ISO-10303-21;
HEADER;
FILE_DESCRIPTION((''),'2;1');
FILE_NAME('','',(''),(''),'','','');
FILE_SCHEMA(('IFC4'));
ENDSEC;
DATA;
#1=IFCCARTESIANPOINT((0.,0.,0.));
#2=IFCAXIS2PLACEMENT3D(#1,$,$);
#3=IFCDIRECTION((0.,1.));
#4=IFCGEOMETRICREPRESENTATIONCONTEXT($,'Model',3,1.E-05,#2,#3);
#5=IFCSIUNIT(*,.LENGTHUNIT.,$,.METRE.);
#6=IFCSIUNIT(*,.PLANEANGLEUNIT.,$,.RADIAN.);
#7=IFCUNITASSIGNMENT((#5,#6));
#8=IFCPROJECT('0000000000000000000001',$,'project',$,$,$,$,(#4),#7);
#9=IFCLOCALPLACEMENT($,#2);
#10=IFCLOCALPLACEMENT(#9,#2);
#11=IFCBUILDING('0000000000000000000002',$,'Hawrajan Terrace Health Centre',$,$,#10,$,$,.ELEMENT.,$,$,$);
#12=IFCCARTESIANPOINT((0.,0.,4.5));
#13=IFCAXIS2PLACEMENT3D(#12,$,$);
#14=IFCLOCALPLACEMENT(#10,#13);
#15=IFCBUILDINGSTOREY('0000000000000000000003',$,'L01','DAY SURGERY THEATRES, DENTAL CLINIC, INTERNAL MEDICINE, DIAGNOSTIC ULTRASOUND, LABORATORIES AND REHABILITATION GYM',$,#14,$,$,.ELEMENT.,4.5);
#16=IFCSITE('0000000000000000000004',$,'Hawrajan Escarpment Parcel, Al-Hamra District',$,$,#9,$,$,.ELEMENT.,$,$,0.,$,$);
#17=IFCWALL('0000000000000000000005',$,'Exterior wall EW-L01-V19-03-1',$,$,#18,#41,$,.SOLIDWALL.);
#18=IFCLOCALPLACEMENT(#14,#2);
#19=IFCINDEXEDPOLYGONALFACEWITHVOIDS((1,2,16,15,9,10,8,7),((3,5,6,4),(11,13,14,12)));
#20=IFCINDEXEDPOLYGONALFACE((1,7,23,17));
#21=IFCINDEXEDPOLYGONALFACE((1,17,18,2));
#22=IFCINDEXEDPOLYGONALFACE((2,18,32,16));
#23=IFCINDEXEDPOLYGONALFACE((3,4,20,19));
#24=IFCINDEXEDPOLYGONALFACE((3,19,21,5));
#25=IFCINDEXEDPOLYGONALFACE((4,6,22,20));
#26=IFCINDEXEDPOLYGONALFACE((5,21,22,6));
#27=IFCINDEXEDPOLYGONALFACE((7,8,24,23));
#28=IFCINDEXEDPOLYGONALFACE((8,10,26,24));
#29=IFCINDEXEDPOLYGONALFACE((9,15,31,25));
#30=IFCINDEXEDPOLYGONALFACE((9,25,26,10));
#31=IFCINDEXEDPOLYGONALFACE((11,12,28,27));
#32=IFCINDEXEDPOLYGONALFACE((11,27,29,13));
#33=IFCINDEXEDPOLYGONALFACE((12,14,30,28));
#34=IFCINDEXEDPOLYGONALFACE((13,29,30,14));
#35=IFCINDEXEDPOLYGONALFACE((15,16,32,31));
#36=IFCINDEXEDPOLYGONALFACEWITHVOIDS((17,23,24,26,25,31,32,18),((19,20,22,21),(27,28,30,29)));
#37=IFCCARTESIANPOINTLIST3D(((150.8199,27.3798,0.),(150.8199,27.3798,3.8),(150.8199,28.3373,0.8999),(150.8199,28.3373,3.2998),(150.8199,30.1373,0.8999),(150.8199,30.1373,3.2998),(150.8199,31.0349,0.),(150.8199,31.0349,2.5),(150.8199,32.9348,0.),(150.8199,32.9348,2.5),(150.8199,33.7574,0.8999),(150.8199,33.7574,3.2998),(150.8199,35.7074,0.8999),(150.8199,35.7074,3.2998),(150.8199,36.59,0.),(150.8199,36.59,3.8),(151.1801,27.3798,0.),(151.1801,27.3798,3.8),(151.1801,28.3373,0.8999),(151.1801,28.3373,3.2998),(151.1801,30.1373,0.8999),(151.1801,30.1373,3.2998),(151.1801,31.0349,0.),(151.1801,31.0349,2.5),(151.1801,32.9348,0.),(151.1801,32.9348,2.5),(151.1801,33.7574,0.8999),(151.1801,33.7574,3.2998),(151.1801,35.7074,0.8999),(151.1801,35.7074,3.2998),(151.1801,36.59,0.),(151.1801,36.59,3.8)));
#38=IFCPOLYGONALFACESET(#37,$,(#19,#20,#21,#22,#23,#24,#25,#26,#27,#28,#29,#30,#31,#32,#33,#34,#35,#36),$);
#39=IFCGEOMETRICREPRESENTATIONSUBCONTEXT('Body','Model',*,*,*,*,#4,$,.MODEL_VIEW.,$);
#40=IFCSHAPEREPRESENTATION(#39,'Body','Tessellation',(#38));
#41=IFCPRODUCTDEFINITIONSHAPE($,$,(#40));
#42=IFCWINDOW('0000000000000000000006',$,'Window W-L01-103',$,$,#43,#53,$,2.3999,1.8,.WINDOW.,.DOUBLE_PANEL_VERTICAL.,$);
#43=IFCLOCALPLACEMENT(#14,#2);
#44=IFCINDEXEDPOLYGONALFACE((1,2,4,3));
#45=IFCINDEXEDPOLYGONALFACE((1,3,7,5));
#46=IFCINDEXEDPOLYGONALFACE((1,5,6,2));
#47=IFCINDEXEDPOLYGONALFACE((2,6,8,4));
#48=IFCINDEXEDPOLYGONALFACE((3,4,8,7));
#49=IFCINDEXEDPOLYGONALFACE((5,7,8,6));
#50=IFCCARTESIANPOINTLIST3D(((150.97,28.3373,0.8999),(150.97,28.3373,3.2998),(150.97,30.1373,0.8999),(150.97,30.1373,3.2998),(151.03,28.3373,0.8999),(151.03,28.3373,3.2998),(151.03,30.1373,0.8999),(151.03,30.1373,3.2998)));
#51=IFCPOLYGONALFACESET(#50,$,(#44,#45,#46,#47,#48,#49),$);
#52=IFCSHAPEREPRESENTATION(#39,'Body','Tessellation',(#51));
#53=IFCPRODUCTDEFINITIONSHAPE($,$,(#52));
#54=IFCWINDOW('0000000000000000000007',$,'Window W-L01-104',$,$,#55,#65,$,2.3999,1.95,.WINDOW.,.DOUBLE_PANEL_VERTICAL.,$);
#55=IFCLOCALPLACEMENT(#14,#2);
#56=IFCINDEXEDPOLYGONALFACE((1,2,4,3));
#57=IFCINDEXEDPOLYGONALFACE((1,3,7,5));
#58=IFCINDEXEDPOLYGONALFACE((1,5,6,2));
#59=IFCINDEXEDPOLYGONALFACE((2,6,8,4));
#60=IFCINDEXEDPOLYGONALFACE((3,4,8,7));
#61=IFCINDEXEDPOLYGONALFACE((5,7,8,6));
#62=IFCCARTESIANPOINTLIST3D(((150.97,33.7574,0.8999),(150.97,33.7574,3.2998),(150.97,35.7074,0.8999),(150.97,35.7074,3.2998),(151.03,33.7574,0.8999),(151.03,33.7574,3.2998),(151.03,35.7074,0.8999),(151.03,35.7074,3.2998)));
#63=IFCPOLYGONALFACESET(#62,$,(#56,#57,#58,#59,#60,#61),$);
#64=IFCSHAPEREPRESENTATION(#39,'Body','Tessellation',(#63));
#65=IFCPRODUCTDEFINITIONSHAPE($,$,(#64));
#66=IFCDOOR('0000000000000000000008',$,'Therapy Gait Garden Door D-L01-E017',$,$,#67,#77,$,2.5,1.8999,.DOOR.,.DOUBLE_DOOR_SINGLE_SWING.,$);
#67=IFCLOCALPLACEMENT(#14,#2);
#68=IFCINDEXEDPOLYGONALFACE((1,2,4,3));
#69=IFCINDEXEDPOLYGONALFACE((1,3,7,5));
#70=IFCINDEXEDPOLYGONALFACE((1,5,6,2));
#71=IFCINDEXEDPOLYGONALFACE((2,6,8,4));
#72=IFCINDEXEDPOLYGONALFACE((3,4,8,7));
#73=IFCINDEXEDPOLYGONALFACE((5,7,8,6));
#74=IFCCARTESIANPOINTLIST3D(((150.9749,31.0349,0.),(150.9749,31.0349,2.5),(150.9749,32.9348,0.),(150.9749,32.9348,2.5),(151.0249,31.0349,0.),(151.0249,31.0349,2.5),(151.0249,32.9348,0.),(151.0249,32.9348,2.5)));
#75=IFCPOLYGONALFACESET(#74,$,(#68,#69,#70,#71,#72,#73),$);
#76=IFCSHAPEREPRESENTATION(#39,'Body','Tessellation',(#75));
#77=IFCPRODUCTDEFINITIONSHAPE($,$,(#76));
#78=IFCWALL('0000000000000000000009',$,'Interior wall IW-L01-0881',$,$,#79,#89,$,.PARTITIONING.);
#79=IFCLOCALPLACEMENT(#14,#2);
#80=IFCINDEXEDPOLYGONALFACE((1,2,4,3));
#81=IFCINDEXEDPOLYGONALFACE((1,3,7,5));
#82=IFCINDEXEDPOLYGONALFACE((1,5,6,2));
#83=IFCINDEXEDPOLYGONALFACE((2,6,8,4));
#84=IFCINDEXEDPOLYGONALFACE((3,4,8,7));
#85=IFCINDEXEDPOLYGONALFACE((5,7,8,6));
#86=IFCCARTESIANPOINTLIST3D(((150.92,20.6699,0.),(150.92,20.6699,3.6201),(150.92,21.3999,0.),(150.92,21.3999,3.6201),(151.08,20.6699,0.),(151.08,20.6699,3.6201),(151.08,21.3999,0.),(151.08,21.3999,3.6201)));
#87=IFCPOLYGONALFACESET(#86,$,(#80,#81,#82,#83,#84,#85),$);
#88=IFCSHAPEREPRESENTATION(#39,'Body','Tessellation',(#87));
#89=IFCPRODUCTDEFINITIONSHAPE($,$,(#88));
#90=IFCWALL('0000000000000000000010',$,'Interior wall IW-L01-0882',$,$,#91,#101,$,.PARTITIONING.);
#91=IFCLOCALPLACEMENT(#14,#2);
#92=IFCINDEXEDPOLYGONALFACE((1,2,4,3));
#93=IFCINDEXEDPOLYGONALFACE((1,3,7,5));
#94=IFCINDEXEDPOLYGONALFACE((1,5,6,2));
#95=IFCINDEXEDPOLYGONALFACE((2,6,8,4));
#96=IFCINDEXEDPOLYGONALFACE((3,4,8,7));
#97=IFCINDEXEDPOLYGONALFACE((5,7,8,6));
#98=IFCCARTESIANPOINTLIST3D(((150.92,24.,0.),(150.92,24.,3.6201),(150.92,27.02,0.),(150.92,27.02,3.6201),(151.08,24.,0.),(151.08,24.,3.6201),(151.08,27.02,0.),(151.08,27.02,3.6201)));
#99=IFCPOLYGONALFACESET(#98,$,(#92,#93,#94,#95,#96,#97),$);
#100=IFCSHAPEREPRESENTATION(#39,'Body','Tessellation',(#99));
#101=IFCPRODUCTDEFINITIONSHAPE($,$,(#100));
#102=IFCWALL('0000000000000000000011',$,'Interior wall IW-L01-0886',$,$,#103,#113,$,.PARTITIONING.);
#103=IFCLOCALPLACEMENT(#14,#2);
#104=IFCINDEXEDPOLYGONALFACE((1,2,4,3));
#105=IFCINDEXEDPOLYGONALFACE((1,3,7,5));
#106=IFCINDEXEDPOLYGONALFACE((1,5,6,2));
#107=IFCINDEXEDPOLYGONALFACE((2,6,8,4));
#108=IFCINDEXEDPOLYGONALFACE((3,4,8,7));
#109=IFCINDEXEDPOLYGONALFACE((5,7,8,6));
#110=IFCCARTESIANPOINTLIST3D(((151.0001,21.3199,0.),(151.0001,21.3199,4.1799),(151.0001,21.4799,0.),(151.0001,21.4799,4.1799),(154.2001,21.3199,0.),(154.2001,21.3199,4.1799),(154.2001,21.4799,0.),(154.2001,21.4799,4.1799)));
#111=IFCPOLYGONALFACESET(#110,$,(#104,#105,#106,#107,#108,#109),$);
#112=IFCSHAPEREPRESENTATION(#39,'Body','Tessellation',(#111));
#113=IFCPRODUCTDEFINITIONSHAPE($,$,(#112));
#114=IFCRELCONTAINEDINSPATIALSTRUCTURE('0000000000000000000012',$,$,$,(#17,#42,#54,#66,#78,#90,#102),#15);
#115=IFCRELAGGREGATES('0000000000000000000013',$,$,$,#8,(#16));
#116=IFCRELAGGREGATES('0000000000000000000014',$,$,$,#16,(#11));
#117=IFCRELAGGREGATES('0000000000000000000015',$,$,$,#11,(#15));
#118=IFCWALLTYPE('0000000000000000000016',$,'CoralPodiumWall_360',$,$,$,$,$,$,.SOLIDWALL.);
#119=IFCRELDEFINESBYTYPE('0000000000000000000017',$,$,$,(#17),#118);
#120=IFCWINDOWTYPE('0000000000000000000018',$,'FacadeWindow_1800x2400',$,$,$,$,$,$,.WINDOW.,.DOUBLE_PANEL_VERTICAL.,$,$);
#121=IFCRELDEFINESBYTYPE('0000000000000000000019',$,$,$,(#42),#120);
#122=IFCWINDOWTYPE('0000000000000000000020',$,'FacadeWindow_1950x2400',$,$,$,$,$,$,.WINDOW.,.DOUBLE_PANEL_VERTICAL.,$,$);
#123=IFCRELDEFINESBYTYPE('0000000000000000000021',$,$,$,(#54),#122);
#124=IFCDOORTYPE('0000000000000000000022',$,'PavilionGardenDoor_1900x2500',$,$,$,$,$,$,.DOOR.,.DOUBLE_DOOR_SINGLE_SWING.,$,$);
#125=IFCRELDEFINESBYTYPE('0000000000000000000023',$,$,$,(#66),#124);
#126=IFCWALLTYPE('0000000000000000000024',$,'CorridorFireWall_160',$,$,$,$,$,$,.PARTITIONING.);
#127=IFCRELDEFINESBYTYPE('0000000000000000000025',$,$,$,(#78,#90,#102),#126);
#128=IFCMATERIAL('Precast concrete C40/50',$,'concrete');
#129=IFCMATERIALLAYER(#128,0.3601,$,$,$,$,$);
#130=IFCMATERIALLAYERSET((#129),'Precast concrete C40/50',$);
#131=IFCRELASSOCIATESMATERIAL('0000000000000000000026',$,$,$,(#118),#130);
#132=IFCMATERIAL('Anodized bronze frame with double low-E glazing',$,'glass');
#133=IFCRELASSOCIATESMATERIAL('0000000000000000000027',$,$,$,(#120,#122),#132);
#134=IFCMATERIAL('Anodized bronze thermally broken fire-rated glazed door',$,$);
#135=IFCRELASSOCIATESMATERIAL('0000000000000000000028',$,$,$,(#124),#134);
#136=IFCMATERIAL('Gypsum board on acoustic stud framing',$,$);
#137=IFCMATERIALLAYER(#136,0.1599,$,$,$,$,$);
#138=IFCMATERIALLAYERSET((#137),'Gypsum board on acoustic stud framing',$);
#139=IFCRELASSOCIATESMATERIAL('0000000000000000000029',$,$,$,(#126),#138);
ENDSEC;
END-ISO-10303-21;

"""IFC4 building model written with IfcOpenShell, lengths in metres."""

from ifc_helpers import new_model, si_unit, direction, frame, frame_2d, origin, place, context, subcontext, project, spatial, rectangle, extrude, material, layer, layer_set, type_object, element, fill, save


model = new_model("IFC4")

# Units and contexts
model_context = context("Model", 3, precision=1e-05, world=origin(), true_north=direction((0.0, 1.0)))
body_context = subcontext(model_context, "Body", "Model", "MODEL_VIEW")
ifc_project = project(units=[si_unit("LENGTHUNIT", "METRE"), si_unit("PLANEANGLEUNIT", "RADIAN")], contexts=[model_context])

# Site, building, storey
site_placement = place(None, origin())
site = spatial("IfcSite", under=ifc_project, at=site_placement, Name="Hawrajan Escarpment Parcel, Al-Hamra District", CompositionType="ELEMENT", RefElevation=0.0)
building_placement = place(site_placement, origin())
building = spatial("IfcBuilding", under=site, at=building_placement, Name="Hawrajan Terrace Health Centre", CompositionType="ELEMENT")
storey_placement = place(building_placement, frame((0.0, 0.0, 4.5)))
storey = spatial("IfcBuildingStorey", under=building, at=storey_placement, Name="L01", Description="DAY SURGERY THEATRES, DENTAL CLINIC, INTERNAL MEDICINE, DIAGNOSTIC ULTRASOUND, LABORATORIES AND REHABILITATION GYM", CompositionType="ELEMENT", Elevation=4.5)

# Shared definitions
ifc_material_1 = material(Name="Gypsum board on acoustic stud framing")

# Wall, openings, windows, door
ifc_material_2 = material(Name="Precast concrete C40/50", Category="concrete")
ifc_layer_1 = layer(ifc_material_2, 0.3601)
ifc_layer_set_1 = layer_set([ifc_layer_1], Name="Precast concrete C40/50")
wall_type_1 = type_object("IfcWallType", Name="CoralPodiumWall_360", PredefinedType="SOLIDWALL", material=ifc_layer_set_1)
wall_1_placement = place(storey_placement, frame((151.0, 27.3799, 0.0), z_axis=(0.0, 0.0, 1.0), x_axis=(0.0, 1.0, 0.0)))
wall_1 = element("IfcWall", 1, at=wall_1_placement, inside=storey, type_object=wall_type_1, Name="Exterior wall EW-L01-V19-03-1", PredefinedType="SOLIDWALL", context=body_context, shape_type="SweptSolid", body=[
    extrude(rectangle(XDim=9.2102, YDim=0.3601, at=frame_2d((4.605, 0.0))), origin(), (0.0, 0.0, 1.0), 3.8),
])
opening_1_placement = place(wall_1_placement, frame((3.655, 0.0, 0.0)))
opening_1 = element("IfcOpeningElement", 2, at=opening_1_placement, cuts=wall_1, PredefinedType="OPENING", context=body_context, shape_type="SweptSolid", body=[
    extrude(rectangle(XDim=1.8999, YDim=2.5, at=frame_2d((0.95, 1.25))), frame((0.0, 0.1899, 0.0), z_axis=(0.0, -1.0, 0.0), x_axis=(1.0, 0.0, 0.0)), (0.0, 0.0, 1.0), 0.3801),
])
opening_2_placement = place(wall_1_placement, frame((0.9575, 0.0, 0.8999)))
opening_2 = element("IfcOpeningElement", 3, at=opening_2_placement, cuts=wall_1, PredefinedType="OPENING", context=body_context, shape_type="SweptSolid", body=[
    extrude(rectangle(XDim=1.8, YDim=2.3999, at=frame_2d((0.8999, 1.2))), frame((0.0, 0.1899, 0.0), z_axis=(0.0, -1.0, 0.0), x_axis=(1.0, 0.0, 0.0)), (0.0, 0.0, 1.0), 0.3801),
])
opening_3_placement = place(wall_1_placement, frame((6.3774, 0.0, 0.8999)))
opening_3 = element("IfcOpeningElement", 4, at=opening_3_placement, cuts=wall_1, PredefinedType="OPENING", context=body_context, shape_type="SweptSolid", body=[
    extrude(rectangle(XDim=1.95, YDim=2.3999, at=frame_2d((0.9751, 1.2))), frame((0.0, 0.1899, 0.0), z_axis=(0.0, -1.0, 0.0), x_axis=(1.0, 0.0, 0.0)), (0.0, 0.0, 1.0), 0.3801),
])
ifc_material_3 = material(Name="Anodized bronze frame with double low-E glazing", Category="glass")
window_type_1 = type_object("IfcWindowType", Name="FacadeWindow_1800x2400", PartitioningType="DOUBLE_PANEL_VERTICAL", PredefinedType="WINDOW", material=ifc_material_3)
window_1_placement = place(opening_2_placement, origin())
window_1 = element("IfcWindow", 5, at=window_1_placement, inside=storey, type_object=window_type_1, Name="Window W-L01-103", OverallHeight=2.3999, OverallWidth=1.8, PartitioningType="DOUBLE_PANEL_VERTICAL", PredefinedType="WINDOW", context=body_context, shape_type="SweptSolid", body=[
    extrude(rectangle(XDim=1.8, YDim=2.3999, at=frame_2d((0.8999, 1.2))), frame((0.0, 0.03, 0.0), z_axis=(0.0, -1.0, 0.0), x_axis=(1.0, 0.0, 0.0)), (0.0, 0.0, 1.0), 0.0601),
])
fill(opening_2, window_1)
window_type_2 = type_object("IfcWindowType", Name="FacadeWindow_1950x2400", PartitioningType="DOUBLE_PANEL_VERTICAL", PredefinedType="WINDOW", material=ifc_material_3)
window_2_placement = place(opening_3_placement, origin())
window_2 = element("IfcWindow", 6, at=window_2_placement, inside=storey, type_object=window_type_2, Name="Window W-L01-104", OverallHeight=2.3999, OverallWidth=1.95, PartitioningType="DOUBLE_PANEL_VERTICAL", PredefinedType="WINDOW", context=body_context, shape_type="SweptSolid", body=[
    extrude(rectangle(XDim=1.95, YDim=2.3999, at=frame_2d((0.9751, 1.2))), frame((0.0, 0.03, 0.0), z_axis=(0.0, -1.0, 0.0), x_axis=(1.0, 0.0, 0.0)), (0.0, 0.0, 1.0), 0.0601),
])
fill(opening_3, window_2)
ifc_material_4 = material(Name="Anodized bronze thermally broken fire-rated glazed door")
door_type_1 = type_object("IfcDoorType", Name="PavilionGardenDoor_1900x2500", OperationType="DOUBLE_DOOR_SINGLE_SWING", PredefinedType="DOOR", material=ifc_material_4)
door_1_placement = place(opening_1_placement, frame((1.8999, 0.0, 0.0), z_axis=(0.0, 0.0, 1.0), x_axis=(-1.0, 0.0, 0.0)))
door_1 = element("IfcDoor", 7, at=door_1_placement, inside=storey, type_object=door_type_1, Name="Therapy Gait Garden Door D-L01-E017", OperationType="DOUBLE_DOOR_SINGLE_SWING", OverallHeight=2.5, OverallWidth=1.8999, PredefinedType="DOOR", context=body_context, shape_type="SweptSolid", body=[
    extrude(rectangle(XDim=1.8999, YDim=2.5, at=frame_2d((0.95, 1.25))), frame((0.0, 0.0249, 0.0), z_axis=(0.0, -1.0, 0.0), x_axis=(1.0, 0.0, 0.0)), (0.0, 0.0, 1.0), 0.05),
])
fill(opening_1, door_1)

# Walls
ifc_layer_2 = layer(ifc_material_1, 0.1599)
ifc_layer_set_2 = layer_set([ifc_layer_2], Name="Gypsum board on acoustic stud framing")
wall_type_2 = type_object("IfcWallType", Name="CorridorFireWall_160", PredefinedType="PARTITIONING", material=ifc_layer_set_2)
wall_2_placement = place(storey_placement, frame((151.0, 20.6699, 0.0), z_axis=(0.0, 0.0, 1.0), x_axis=(0.0, 1.0, 0.0)))
element("IfcWall", 8, at=wall_2_placement, inside=storey, type_object=wall_type_2, Name="Interior wall IW-L01-0881", PredefinedType="PARTITIONING", context=body_context, shape_type="SweptSolid", body=[
    extrude(rectangle(XDim=0.73, YDim=0.1599, at=frame_2d((0.365, 0.0))), origin(), (0.0, 0.0, 1.0), 3.6201),
])
wall_3_placement = place(storey_placement, frame((151.0, 24.0, 0.0), z_axis=(0.0, 0.0, 1.0), x_axis=(0.0, 1.0, 0.0)))
element("IfcWall", 9, at=wall_3_placement, inside=storey, type_object=wall_type_2, Name="Interior wall IW-L01-0882", PredefinedType="PARTITIONING", context=body_context, shape_type="SweptSolid", body=[
    extrude(rectangle(XDim=3.02, YDim=0.1599, at=frame_2d((1.51, 0.0))), origin(), (0.0, 0.0, 1.0), 3.6201),
])
wall_4_placement = place(storey_placement, frame((151.0, 21.3999, 0.0), z_axis=(0.0, 0.0, 1.0), x_axis=(1.0, 0.0, 0.0)))
element("IfcWall", 10, at=wall_4_placement, inside=storey, type_object=wall_type_2, Name="Interior wall IW-L01-0886", PredefinedType="PARTITIONING", context=body_context, shape_type="SweptSolid", body=[
    extrude(rectangle(XDim=3.2, YDim=0.1599, at=frame_2d((1.6001, 0.0))), origin(), (0.0, 0.0, 1.0), 4.1799),
])

save(model, "model.ifc")
